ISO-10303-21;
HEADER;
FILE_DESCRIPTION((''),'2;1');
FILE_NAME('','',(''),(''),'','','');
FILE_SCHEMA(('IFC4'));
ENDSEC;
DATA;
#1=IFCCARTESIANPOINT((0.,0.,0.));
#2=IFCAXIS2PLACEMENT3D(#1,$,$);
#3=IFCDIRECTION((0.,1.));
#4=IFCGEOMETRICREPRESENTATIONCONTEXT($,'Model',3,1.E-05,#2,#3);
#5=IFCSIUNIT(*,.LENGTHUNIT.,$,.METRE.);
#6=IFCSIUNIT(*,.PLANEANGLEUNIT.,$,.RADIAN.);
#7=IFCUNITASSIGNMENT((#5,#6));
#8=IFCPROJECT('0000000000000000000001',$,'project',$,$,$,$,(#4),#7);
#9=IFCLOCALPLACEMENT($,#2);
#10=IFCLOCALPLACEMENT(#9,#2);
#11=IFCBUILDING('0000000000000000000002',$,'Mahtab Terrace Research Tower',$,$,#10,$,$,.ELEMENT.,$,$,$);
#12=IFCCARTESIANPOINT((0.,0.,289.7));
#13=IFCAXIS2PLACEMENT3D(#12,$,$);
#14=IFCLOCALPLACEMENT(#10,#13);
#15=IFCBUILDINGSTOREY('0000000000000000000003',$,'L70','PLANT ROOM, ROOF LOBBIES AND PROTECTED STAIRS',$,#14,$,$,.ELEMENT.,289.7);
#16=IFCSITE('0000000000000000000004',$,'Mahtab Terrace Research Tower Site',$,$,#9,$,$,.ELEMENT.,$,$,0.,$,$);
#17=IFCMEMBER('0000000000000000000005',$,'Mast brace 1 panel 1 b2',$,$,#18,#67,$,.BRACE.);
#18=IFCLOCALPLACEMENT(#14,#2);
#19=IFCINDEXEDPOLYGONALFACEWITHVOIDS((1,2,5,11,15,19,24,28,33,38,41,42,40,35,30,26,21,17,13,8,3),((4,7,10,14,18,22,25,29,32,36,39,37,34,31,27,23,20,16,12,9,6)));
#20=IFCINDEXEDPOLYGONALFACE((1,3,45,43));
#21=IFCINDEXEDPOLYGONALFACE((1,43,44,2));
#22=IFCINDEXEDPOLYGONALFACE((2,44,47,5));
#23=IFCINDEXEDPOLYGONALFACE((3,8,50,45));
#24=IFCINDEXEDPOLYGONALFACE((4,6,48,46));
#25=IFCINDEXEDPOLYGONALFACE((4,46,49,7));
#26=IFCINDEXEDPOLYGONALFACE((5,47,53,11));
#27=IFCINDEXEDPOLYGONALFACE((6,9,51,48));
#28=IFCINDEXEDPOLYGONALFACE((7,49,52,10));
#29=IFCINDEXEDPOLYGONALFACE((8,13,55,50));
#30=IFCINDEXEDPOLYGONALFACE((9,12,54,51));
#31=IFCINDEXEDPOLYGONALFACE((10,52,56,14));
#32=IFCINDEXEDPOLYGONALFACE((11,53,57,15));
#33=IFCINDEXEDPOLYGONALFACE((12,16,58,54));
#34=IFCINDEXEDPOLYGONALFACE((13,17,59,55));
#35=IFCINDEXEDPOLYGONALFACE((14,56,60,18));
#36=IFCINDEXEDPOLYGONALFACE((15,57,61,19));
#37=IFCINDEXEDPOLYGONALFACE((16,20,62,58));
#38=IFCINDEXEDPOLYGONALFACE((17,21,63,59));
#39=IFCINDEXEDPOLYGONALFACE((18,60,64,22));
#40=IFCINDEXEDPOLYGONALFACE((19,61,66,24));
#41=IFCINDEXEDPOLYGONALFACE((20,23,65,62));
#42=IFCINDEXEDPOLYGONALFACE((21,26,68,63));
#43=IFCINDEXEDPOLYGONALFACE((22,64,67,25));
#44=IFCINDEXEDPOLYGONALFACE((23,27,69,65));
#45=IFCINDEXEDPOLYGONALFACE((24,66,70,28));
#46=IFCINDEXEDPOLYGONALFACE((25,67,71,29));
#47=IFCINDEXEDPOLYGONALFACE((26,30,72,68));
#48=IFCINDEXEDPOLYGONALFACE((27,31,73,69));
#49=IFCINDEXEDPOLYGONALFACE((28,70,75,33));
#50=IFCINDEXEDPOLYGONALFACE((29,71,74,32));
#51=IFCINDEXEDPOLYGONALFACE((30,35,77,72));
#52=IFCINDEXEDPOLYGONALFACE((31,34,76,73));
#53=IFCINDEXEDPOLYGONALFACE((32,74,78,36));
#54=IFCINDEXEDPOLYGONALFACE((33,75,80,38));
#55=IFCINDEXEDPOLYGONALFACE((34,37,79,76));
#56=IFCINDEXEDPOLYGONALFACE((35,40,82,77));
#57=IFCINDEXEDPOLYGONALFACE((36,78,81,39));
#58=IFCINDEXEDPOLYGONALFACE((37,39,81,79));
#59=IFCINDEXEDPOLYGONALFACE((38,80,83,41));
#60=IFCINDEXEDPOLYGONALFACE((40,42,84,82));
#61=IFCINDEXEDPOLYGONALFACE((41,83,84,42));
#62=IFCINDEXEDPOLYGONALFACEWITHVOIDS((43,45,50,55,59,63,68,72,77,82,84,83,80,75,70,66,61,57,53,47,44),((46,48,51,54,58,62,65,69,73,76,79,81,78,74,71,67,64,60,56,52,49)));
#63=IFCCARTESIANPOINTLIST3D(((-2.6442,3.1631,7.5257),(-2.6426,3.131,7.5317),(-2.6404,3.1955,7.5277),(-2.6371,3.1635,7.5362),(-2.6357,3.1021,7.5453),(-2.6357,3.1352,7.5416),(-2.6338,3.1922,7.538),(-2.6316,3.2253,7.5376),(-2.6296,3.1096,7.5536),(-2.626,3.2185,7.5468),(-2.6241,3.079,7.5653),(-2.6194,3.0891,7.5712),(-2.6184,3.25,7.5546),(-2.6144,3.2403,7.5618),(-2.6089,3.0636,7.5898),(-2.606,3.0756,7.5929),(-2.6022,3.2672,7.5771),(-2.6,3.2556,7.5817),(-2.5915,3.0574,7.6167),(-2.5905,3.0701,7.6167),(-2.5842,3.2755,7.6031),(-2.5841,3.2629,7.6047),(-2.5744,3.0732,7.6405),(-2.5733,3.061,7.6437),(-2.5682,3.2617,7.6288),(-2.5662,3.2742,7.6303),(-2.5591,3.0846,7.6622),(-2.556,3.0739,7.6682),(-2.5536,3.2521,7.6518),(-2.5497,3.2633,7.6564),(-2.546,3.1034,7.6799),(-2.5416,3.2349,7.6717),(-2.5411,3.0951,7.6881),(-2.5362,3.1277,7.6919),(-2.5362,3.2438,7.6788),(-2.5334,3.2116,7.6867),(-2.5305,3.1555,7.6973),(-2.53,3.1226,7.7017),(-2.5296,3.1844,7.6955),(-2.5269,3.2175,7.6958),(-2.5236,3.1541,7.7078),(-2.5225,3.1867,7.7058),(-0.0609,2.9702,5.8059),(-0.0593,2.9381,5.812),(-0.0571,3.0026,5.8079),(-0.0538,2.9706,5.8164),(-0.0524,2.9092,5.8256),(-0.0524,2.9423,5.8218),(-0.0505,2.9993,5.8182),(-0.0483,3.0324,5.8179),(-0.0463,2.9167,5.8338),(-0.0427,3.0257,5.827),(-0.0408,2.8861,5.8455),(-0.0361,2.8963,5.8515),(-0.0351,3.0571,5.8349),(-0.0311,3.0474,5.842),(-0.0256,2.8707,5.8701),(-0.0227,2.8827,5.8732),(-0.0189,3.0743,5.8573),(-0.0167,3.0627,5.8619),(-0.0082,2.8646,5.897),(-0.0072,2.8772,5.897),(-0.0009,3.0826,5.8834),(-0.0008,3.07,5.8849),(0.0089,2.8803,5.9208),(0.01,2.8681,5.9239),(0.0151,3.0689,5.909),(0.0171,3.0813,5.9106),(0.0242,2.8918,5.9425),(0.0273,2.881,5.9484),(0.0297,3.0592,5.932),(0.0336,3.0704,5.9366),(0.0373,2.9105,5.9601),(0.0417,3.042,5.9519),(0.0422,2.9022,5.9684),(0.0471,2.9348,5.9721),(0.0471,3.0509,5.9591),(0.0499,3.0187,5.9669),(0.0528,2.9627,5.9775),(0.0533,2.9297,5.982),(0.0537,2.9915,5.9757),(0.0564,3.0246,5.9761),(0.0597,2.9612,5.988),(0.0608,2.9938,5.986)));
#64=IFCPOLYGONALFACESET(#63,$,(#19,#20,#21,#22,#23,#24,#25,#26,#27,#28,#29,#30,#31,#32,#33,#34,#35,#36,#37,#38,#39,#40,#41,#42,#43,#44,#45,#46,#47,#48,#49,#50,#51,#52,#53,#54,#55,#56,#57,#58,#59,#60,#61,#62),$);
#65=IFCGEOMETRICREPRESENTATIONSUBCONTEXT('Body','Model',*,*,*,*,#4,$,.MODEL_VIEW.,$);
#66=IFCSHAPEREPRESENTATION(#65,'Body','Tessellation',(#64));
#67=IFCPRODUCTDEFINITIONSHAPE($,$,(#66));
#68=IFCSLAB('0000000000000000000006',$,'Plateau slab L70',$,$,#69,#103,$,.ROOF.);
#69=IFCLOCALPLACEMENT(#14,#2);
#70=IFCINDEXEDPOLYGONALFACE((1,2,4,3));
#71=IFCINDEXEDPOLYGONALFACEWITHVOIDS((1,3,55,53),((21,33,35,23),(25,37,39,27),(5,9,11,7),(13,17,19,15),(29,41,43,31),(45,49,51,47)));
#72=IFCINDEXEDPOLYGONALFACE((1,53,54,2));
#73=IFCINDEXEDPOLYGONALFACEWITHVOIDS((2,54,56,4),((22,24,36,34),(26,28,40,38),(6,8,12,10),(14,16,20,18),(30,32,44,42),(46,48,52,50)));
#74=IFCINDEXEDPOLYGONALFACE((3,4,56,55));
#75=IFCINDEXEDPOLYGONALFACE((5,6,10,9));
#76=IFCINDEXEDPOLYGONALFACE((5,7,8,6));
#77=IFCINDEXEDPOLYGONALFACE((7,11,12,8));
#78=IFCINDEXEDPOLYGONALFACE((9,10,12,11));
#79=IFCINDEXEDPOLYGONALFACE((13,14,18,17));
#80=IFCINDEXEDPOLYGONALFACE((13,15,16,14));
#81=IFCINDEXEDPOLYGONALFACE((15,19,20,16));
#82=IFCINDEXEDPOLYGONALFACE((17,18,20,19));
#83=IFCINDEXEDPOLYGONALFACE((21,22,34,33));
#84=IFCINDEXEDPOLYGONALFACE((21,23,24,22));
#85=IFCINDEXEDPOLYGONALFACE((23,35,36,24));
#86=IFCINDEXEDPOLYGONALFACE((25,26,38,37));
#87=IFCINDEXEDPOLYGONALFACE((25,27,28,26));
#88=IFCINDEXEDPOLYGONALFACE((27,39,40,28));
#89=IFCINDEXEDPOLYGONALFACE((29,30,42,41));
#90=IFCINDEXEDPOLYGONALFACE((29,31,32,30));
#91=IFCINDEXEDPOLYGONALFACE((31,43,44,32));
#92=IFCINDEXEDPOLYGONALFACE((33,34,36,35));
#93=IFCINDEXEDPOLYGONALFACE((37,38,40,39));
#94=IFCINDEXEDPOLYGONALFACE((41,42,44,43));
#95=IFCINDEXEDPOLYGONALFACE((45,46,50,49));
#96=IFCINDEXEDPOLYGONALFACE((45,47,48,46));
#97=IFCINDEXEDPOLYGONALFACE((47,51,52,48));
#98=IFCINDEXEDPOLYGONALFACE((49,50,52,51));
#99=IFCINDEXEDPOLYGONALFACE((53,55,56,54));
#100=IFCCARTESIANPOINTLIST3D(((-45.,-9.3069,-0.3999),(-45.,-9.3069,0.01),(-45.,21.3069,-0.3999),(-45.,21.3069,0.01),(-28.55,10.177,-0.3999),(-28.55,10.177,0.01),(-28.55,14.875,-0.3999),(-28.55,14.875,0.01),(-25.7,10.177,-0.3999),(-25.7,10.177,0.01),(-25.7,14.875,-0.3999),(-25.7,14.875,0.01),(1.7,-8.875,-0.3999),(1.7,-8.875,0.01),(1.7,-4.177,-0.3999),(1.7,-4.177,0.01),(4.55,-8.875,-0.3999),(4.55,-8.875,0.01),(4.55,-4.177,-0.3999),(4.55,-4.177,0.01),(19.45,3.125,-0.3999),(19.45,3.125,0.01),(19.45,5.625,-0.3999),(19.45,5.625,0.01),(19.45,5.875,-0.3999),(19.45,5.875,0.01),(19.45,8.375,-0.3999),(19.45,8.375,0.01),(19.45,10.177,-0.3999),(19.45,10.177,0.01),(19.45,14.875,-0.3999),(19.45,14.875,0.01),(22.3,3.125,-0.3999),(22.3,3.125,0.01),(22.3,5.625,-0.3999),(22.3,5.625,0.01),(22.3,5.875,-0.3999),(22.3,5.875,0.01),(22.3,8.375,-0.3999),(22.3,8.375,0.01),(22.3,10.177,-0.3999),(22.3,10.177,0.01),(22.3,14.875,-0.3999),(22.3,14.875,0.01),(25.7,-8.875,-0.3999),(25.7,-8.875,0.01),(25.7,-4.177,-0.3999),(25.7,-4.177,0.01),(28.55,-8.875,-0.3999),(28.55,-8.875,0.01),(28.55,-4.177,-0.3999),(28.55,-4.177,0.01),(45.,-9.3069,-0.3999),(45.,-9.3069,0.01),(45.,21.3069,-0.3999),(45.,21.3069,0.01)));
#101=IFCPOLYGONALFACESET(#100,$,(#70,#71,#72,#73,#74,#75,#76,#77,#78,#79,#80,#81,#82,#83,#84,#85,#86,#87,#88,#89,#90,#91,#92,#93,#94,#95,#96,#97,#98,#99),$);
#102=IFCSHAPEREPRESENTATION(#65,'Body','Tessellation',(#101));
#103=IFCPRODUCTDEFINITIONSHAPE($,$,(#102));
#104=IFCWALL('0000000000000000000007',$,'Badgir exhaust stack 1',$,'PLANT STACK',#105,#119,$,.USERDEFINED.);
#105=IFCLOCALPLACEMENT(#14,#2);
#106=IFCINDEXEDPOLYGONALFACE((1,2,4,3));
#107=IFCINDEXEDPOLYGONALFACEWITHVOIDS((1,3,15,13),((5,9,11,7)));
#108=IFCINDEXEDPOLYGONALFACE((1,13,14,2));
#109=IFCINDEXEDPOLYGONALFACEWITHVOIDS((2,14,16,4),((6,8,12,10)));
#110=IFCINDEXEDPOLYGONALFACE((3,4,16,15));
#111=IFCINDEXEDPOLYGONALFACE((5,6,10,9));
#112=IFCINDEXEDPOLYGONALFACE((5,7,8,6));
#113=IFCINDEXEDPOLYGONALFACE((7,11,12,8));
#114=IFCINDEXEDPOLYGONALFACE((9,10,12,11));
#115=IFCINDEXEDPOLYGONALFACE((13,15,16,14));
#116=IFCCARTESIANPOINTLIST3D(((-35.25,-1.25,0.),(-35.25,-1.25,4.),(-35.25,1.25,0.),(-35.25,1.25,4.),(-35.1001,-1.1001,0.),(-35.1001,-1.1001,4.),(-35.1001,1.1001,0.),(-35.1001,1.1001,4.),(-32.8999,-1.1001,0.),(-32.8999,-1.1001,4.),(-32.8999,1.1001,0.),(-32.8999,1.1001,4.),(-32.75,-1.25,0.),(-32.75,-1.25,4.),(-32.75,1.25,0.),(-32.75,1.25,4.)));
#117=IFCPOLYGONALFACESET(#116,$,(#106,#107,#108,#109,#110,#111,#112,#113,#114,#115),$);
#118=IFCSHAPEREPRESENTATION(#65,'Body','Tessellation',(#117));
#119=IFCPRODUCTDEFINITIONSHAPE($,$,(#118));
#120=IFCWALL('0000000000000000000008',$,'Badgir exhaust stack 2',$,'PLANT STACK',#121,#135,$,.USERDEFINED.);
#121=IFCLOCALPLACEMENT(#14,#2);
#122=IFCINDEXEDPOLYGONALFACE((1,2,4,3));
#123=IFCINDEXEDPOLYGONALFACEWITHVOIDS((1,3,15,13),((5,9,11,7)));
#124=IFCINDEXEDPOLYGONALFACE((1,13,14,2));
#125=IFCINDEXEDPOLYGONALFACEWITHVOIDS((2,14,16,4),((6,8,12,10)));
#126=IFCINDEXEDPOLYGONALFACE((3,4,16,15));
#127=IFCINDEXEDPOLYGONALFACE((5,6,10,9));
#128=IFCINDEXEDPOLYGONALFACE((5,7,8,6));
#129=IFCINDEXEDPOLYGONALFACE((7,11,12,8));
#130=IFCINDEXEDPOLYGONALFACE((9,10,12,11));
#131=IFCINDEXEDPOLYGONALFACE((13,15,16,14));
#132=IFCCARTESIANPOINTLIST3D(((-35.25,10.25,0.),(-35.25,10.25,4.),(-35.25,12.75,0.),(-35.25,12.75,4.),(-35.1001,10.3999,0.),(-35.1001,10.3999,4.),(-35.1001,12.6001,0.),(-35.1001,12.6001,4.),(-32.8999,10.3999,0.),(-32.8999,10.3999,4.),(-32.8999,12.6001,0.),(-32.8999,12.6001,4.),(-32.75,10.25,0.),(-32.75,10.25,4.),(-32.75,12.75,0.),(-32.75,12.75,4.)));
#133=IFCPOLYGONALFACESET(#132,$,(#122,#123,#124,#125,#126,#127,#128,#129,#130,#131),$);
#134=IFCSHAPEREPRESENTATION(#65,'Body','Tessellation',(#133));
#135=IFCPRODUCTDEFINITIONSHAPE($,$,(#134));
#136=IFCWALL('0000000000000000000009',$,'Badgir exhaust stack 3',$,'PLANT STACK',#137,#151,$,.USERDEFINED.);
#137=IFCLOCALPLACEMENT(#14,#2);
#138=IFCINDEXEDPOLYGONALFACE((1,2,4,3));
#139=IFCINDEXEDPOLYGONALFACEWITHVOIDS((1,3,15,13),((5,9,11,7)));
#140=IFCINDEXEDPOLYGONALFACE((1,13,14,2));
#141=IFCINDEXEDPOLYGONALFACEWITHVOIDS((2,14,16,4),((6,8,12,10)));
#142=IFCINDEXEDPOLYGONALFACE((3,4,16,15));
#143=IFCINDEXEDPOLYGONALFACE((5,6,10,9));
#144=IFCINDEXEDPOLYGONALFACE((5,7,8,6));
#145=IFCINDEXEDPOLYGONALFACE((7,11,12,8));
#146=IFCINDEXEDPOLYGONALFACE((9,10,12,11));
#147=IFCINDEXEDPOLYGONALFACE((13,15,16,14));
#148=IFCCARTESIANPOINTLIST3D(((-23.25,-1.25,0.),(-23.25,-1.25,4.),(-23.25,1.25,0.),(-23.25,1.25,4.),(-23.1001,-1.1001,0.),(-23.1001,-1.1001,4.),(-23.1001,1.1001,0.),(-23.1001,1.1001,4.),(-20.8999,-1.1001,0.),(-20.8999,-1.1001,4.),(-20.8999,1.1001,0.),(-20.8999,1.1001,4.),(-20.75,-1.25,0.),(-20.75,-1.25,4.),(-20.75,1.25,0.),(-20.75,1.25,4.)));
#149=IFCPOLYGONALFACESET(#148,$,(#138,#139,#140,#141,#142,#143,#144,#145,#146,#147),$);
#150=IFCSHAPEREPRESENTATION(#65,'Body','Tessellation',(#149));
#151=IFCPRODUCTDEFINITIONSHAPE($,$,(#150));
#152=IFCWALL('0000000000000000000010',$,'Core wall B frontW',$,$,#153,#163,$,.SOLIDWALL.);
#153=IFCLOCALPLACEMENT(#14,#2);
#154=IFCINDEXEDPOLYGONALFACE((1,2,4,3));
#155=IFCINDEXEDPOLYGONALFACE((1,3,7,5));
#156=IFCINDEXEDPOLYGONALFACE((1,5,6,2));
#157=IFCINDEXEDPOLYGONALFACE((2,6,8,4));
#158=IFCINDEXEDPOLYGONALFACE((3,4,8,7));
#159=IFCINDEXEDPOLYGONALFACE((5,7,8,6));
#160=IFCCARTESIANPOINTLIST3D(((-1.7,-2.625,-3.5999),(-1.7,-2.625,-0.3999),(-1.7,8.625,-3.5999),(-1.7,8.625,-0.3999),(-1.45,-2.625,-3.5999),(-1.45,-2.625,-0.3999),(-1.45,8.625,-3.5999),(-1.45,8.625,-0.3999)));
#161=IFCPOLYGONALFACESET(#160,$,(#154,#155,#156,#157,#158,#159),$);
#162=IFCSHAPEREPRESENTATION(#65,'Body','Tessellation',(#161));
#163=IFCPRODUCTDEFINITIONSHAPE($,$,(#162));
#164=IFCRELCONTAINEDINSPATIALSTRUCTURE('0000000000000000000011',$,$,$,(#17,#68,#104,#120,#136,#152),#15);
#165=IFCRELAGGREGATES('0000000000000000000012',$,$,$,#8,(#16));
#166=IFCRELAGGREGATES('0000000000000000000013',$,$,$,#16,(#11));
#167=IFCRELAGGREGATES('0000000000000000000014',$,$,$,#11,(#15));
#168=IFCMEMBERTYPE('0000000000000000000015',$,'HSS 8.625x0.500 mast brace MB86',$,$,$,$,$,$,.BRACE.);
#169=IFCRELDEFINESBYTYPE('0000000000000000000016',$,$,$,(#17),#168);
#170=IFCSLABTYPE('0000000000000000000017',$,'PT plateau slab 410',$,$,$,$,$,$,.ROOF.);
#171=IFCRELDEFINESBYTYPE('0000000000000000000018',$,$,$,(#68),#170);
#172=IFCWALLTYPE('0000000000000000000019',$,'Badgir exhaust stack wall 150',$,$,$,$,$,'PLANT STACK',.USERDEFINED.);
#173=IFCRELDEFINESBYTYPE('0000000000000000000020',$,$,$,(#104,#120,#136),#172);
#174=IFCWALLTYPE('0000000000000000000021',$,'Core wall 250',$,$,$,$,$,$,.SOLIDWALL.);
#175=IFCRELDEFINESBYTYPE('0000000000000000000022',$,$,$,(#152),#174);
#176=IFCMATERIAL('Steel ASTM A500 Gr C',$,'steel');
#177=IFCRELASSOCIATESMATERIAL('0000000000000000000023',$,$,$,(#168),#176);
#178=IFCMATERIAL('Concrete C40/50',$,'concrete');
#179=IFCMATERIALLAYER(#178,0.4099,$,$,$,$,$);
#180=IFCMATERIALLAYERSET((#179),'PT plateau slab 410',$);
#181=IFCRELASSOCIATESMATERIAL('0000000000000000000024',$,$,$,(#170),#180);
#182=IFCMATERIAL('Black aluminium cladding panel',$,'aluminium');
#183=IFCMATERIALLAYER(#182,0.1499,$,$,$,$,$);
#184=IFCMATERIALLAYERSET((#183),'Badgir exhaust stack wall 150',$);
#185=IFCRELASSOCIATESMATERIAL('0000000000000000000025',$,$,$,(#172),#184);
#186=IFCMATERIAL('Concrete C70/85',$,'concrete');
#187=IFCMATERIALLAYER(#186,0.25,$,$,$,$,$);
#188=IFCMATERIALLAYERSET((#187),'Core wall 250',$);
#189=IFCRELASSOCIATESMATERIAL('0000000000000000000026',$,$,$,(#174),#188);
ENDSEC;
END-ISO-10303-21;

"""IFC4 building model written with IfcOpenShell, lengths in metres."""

from ifc_helpers import new_model, si_unit, direction, frame, frame_2d, origin, origin_2d, place, context, subcontext, project, spatial, polyline, rectangle, hollow_circle, outline, extrude, material, layer, layer_set, material_profile, profile_set, type_object, element, save


model = new_model("IFC4")

# Units and contexts
model_context = context("Model", 3, precision=1e-05, world=origin(), true_north=direction((0.0, 1.0)))
body_context = subcontext(model_context, "Body", "Model", "MODEL_VIEW")
ifc_project = project(units=[si_unit("LENGTHUNIT", "METRE"), si_unit("PLANEANGLEUNIT", "RADIAN")], contexts=[model_context])

# Site, building, storey
site_placement = place(None, origin())
site = spatial("IfcSite", under=ifc_project, at=site_placement, Name="Mahtab Terrace Research Tower Site", CompositionType="ELEMENT", RefElevation=0.0)
building_placement = place(site_placement, origin())
building = spatial("IfcBuilding", under=site, at=building_placement, Name="Mahtab Terrace Research Tower", CompositionType="ELEMENT")
storey_placement = place(building_placement, frame((0.0, 0.0, 289.7)))
storey = spatial("IfcBuildingStorey", under=building, at=storey_placement, Name="L70", Description="PLANT ROOM, ROOF LOBBIES AND PROTECTED STAIRS", CompositionType="ELEMENT", Elevation=289.7)

# Member
ifc_material_1 = material(Name="Steel ASTM A500 Gr C", Category="steel")
ifc_material_profile = material_profile(ifc_material_1, hollow_circle(Radius=0.1096, WallThickness=0.0127, at=origin_2d()), Name="HSS8.625X0.500")
ifc_profile_set = profile_set([ifc_material_profile], Name="Steel ASTM A500 Gr C")
member_type = type_object("IfcMemberType", Name="HSS 8.625x0.500 mast brace MB86", PredefinedType="BRACE", material=ifc_profile_set)
member_placement = place(storey_placement, frame((0.0, 2.9739, 5.897), z_axis=(-0.83081, 0.06203, 0.553088), x_axis=(-0.074455, -0.997224, 0.0)))
element("IfcMember", 1, at=member_placement, inside=storey, type_object=member_type, Name="Mast brace 1 panel 1 b2", PredefinedType="BRACE", context=body_context, shape_type="SweptSolid", body=[
    extrude(hollow_circle(Radius=0.1096, WallThickness=0.0127, at=origin_2d()), origin(), (0.0, 0.0, 1.0), 3.1094),
])

# Slab
ifc_material_2 = material(Name="Concrete C40/50", Category="concrete")
ifc_layer_1 = layer(ifc_material_2, 0.4099)
ifc_layer_set_1 = layer_set([ifc_layer_1], Name="PT plateau slab 410")
slab_type = type_object("IfcSlabType", Name="PT plateau slab 410", PredefinedType="ROOF", material=ifc_layer_set_1)
slab_placement = place(storey_placement, frame((0.0, 0.0, -0.3999)))
element("IfcSlab", 2, at=slab_placement, inside=storey, type_object=slab_type, Name="Plateau slab L70", PredefinedType="ROOF", context=body_context, shape_type="SweptSolid", body=[
    extrude(outline(polyline([(-45.0, -9.3069), (45.0, -9.3069), (45.0, 21.3069), (-45.0, 21.3069), (-45.0, -9.3069)]), holes=[polyline([(4.55, -4.177), (4.55, -8.875), (1.7, -8.875), (1.7, -4.177), (4.55, -4.177)]), polyline([(28.55, -8.875), (25.7, -8.875), (25.7, -4.177), (28.55, -4.177), (28.55, -8.875)]), polyline([(22.3, 3.125), (19.45, 3.125), (19.45, 5.625), (22.3, 5.625), (22.3, 3.125)]), polyline([(22.3, 8.375), (22.3, 5.875), (19.45, 5.875), (19.45, 8.375), (22.3, 8.375)]), polyline([(-25.7, 10.177), (-28.55, 10.177), (-28.55, 14.875), (-25.7, 14.875), (-25.7, 10.177)]), polyline([(22.3, 10.177), (19.45, 10.177), (19.45, 14.875), (22.3, 14.875), (22.3, 10.177)])]), origin(), (0.0, 0.0, 1.0), 0.4099),
])

# Walls
ifc_material_3 = material(Name="Black aluminium cladding panel", Category="aluminium")
ifc_layer_2 = layer(ifc_material_3, 0.1499)
ifc_layer_set_2 = layer_set([ifc_layer_2], Name="Badgir exhaust stack wall 150")
wall_type_1 = type_object("IfcWallType", Name="Badgir exhaust stack wall 150", ElementType="PLANT STACK", PredefinedType="USERDEFINED", material=ifc_layer_set_2)
wall_1_placement = place(storey_placement, origin())
element("IfcWall", 3, at=wall_1_placement, inside=storey, type_object=wall_type_1, Name="Badgir exhaust stack 1", ObjectType="PLANT STACK", PredefinedType="USERDEFINED", context=body_context, shape_type="SweptSolid", body=[
    extrude(outline(polyline([(-32.75, -1.25), (-32.75, 1.25), (-35.25, 1.25), (-35.25, -1.25), (-32.75, -1.25)]), holes=[polyline([(-32.8999, -1.1001), (-32.8999, 1.1001), (-35.1001, 1.1001), (-35.1001, -1.1001), (-32.8999, -1.1001)])]), origin(), (0.0, 0.0, 1.0), 4.0),
])
wall_2_placement = place(storey_placement, origin())
element("IfcWall", 4, at=wall_2_placement, inside=storey, type_object=wall_type_1, Name="Badgir exhaust stack 2", ObjectType="PLANT STACK", PredefinedType="USERDEFINED", context=body_context, shape_type="SweptSolid", body=[
    extrude(outline(polyline([(-32.75, 10.25), (-32.75, 12.75), (-35.25, 12.75), (-35.25, 10.25), (-32.75, 10.25)]), holes=[polyline([(-32.8999, 10.3999), (-32.8999, 12.6001), (-35.1001, 12.6001), (-35.1001, 10.3999), (-32.8999, 10.3999)])]), origin(), (0.0, 0.0, 1.0), 4.0),
])
wall_3_placement = place(storey_placement, origin())
element("IfcWall", 5, at=wall_3_placement, inside=storey, type_object=wall_type_1, Name="Badgir exhaust stack 3", ObjectType="PLANT STACK", PredefinedType="USERDEFINED", context=body_context, shape_type="SweptSolid", body=[
    extrude(outline(polyline([(-20.75, -1.25), (-20.75, 1.25), (-23.25, 1.25), (-23.25, -1.25), (-20.75, -1.25)]), holes=[polyline([(-20.8999, -1.1001), (-20.8999, 1.1001), (-23.1001, 1.1001), (-23.1001, -1.1001), (-20.8999, -1.1001)])]), origin(), (0.0, 0.0, 1.0), 4.0),
])
ifc_material_4 = material(Name="Concrete C70/85", Category="concrete")
ifc_layer_3 = layer(ifc_material_4, 0.25)
ifc_layer_set_3 = layer_set([ifc_layer_3], Name="Core wall 250")
wall_type_2 = type_object("IfcWallType", Name="Core wall 250", PredefinedType="SOLIDWALL", material=ifc_layer_set_3)
wall_4_placement = place(storey_placement, frame((-1.575, -2.625, -3.5999), z_axis=(0.0, 0.0, 1.0), x_axis=(0.0, 1.0, 0.0)))
element("IfcWall", 6, at=wall_4_placement, inside=storey, type_object=wall_type_2, Name="Core wall B frontW", PredefinedType="SOLIDWALL", context=body_context, shape_type="SweptSolid", body=[
    extrude(rectangle(XDim=11.25, YDim=0.25, at=frame_2d((5.625, 0.0))), origin(), (0.0, 0.0, 1.0), 3.2),
])

save(model, "model.ifc")
